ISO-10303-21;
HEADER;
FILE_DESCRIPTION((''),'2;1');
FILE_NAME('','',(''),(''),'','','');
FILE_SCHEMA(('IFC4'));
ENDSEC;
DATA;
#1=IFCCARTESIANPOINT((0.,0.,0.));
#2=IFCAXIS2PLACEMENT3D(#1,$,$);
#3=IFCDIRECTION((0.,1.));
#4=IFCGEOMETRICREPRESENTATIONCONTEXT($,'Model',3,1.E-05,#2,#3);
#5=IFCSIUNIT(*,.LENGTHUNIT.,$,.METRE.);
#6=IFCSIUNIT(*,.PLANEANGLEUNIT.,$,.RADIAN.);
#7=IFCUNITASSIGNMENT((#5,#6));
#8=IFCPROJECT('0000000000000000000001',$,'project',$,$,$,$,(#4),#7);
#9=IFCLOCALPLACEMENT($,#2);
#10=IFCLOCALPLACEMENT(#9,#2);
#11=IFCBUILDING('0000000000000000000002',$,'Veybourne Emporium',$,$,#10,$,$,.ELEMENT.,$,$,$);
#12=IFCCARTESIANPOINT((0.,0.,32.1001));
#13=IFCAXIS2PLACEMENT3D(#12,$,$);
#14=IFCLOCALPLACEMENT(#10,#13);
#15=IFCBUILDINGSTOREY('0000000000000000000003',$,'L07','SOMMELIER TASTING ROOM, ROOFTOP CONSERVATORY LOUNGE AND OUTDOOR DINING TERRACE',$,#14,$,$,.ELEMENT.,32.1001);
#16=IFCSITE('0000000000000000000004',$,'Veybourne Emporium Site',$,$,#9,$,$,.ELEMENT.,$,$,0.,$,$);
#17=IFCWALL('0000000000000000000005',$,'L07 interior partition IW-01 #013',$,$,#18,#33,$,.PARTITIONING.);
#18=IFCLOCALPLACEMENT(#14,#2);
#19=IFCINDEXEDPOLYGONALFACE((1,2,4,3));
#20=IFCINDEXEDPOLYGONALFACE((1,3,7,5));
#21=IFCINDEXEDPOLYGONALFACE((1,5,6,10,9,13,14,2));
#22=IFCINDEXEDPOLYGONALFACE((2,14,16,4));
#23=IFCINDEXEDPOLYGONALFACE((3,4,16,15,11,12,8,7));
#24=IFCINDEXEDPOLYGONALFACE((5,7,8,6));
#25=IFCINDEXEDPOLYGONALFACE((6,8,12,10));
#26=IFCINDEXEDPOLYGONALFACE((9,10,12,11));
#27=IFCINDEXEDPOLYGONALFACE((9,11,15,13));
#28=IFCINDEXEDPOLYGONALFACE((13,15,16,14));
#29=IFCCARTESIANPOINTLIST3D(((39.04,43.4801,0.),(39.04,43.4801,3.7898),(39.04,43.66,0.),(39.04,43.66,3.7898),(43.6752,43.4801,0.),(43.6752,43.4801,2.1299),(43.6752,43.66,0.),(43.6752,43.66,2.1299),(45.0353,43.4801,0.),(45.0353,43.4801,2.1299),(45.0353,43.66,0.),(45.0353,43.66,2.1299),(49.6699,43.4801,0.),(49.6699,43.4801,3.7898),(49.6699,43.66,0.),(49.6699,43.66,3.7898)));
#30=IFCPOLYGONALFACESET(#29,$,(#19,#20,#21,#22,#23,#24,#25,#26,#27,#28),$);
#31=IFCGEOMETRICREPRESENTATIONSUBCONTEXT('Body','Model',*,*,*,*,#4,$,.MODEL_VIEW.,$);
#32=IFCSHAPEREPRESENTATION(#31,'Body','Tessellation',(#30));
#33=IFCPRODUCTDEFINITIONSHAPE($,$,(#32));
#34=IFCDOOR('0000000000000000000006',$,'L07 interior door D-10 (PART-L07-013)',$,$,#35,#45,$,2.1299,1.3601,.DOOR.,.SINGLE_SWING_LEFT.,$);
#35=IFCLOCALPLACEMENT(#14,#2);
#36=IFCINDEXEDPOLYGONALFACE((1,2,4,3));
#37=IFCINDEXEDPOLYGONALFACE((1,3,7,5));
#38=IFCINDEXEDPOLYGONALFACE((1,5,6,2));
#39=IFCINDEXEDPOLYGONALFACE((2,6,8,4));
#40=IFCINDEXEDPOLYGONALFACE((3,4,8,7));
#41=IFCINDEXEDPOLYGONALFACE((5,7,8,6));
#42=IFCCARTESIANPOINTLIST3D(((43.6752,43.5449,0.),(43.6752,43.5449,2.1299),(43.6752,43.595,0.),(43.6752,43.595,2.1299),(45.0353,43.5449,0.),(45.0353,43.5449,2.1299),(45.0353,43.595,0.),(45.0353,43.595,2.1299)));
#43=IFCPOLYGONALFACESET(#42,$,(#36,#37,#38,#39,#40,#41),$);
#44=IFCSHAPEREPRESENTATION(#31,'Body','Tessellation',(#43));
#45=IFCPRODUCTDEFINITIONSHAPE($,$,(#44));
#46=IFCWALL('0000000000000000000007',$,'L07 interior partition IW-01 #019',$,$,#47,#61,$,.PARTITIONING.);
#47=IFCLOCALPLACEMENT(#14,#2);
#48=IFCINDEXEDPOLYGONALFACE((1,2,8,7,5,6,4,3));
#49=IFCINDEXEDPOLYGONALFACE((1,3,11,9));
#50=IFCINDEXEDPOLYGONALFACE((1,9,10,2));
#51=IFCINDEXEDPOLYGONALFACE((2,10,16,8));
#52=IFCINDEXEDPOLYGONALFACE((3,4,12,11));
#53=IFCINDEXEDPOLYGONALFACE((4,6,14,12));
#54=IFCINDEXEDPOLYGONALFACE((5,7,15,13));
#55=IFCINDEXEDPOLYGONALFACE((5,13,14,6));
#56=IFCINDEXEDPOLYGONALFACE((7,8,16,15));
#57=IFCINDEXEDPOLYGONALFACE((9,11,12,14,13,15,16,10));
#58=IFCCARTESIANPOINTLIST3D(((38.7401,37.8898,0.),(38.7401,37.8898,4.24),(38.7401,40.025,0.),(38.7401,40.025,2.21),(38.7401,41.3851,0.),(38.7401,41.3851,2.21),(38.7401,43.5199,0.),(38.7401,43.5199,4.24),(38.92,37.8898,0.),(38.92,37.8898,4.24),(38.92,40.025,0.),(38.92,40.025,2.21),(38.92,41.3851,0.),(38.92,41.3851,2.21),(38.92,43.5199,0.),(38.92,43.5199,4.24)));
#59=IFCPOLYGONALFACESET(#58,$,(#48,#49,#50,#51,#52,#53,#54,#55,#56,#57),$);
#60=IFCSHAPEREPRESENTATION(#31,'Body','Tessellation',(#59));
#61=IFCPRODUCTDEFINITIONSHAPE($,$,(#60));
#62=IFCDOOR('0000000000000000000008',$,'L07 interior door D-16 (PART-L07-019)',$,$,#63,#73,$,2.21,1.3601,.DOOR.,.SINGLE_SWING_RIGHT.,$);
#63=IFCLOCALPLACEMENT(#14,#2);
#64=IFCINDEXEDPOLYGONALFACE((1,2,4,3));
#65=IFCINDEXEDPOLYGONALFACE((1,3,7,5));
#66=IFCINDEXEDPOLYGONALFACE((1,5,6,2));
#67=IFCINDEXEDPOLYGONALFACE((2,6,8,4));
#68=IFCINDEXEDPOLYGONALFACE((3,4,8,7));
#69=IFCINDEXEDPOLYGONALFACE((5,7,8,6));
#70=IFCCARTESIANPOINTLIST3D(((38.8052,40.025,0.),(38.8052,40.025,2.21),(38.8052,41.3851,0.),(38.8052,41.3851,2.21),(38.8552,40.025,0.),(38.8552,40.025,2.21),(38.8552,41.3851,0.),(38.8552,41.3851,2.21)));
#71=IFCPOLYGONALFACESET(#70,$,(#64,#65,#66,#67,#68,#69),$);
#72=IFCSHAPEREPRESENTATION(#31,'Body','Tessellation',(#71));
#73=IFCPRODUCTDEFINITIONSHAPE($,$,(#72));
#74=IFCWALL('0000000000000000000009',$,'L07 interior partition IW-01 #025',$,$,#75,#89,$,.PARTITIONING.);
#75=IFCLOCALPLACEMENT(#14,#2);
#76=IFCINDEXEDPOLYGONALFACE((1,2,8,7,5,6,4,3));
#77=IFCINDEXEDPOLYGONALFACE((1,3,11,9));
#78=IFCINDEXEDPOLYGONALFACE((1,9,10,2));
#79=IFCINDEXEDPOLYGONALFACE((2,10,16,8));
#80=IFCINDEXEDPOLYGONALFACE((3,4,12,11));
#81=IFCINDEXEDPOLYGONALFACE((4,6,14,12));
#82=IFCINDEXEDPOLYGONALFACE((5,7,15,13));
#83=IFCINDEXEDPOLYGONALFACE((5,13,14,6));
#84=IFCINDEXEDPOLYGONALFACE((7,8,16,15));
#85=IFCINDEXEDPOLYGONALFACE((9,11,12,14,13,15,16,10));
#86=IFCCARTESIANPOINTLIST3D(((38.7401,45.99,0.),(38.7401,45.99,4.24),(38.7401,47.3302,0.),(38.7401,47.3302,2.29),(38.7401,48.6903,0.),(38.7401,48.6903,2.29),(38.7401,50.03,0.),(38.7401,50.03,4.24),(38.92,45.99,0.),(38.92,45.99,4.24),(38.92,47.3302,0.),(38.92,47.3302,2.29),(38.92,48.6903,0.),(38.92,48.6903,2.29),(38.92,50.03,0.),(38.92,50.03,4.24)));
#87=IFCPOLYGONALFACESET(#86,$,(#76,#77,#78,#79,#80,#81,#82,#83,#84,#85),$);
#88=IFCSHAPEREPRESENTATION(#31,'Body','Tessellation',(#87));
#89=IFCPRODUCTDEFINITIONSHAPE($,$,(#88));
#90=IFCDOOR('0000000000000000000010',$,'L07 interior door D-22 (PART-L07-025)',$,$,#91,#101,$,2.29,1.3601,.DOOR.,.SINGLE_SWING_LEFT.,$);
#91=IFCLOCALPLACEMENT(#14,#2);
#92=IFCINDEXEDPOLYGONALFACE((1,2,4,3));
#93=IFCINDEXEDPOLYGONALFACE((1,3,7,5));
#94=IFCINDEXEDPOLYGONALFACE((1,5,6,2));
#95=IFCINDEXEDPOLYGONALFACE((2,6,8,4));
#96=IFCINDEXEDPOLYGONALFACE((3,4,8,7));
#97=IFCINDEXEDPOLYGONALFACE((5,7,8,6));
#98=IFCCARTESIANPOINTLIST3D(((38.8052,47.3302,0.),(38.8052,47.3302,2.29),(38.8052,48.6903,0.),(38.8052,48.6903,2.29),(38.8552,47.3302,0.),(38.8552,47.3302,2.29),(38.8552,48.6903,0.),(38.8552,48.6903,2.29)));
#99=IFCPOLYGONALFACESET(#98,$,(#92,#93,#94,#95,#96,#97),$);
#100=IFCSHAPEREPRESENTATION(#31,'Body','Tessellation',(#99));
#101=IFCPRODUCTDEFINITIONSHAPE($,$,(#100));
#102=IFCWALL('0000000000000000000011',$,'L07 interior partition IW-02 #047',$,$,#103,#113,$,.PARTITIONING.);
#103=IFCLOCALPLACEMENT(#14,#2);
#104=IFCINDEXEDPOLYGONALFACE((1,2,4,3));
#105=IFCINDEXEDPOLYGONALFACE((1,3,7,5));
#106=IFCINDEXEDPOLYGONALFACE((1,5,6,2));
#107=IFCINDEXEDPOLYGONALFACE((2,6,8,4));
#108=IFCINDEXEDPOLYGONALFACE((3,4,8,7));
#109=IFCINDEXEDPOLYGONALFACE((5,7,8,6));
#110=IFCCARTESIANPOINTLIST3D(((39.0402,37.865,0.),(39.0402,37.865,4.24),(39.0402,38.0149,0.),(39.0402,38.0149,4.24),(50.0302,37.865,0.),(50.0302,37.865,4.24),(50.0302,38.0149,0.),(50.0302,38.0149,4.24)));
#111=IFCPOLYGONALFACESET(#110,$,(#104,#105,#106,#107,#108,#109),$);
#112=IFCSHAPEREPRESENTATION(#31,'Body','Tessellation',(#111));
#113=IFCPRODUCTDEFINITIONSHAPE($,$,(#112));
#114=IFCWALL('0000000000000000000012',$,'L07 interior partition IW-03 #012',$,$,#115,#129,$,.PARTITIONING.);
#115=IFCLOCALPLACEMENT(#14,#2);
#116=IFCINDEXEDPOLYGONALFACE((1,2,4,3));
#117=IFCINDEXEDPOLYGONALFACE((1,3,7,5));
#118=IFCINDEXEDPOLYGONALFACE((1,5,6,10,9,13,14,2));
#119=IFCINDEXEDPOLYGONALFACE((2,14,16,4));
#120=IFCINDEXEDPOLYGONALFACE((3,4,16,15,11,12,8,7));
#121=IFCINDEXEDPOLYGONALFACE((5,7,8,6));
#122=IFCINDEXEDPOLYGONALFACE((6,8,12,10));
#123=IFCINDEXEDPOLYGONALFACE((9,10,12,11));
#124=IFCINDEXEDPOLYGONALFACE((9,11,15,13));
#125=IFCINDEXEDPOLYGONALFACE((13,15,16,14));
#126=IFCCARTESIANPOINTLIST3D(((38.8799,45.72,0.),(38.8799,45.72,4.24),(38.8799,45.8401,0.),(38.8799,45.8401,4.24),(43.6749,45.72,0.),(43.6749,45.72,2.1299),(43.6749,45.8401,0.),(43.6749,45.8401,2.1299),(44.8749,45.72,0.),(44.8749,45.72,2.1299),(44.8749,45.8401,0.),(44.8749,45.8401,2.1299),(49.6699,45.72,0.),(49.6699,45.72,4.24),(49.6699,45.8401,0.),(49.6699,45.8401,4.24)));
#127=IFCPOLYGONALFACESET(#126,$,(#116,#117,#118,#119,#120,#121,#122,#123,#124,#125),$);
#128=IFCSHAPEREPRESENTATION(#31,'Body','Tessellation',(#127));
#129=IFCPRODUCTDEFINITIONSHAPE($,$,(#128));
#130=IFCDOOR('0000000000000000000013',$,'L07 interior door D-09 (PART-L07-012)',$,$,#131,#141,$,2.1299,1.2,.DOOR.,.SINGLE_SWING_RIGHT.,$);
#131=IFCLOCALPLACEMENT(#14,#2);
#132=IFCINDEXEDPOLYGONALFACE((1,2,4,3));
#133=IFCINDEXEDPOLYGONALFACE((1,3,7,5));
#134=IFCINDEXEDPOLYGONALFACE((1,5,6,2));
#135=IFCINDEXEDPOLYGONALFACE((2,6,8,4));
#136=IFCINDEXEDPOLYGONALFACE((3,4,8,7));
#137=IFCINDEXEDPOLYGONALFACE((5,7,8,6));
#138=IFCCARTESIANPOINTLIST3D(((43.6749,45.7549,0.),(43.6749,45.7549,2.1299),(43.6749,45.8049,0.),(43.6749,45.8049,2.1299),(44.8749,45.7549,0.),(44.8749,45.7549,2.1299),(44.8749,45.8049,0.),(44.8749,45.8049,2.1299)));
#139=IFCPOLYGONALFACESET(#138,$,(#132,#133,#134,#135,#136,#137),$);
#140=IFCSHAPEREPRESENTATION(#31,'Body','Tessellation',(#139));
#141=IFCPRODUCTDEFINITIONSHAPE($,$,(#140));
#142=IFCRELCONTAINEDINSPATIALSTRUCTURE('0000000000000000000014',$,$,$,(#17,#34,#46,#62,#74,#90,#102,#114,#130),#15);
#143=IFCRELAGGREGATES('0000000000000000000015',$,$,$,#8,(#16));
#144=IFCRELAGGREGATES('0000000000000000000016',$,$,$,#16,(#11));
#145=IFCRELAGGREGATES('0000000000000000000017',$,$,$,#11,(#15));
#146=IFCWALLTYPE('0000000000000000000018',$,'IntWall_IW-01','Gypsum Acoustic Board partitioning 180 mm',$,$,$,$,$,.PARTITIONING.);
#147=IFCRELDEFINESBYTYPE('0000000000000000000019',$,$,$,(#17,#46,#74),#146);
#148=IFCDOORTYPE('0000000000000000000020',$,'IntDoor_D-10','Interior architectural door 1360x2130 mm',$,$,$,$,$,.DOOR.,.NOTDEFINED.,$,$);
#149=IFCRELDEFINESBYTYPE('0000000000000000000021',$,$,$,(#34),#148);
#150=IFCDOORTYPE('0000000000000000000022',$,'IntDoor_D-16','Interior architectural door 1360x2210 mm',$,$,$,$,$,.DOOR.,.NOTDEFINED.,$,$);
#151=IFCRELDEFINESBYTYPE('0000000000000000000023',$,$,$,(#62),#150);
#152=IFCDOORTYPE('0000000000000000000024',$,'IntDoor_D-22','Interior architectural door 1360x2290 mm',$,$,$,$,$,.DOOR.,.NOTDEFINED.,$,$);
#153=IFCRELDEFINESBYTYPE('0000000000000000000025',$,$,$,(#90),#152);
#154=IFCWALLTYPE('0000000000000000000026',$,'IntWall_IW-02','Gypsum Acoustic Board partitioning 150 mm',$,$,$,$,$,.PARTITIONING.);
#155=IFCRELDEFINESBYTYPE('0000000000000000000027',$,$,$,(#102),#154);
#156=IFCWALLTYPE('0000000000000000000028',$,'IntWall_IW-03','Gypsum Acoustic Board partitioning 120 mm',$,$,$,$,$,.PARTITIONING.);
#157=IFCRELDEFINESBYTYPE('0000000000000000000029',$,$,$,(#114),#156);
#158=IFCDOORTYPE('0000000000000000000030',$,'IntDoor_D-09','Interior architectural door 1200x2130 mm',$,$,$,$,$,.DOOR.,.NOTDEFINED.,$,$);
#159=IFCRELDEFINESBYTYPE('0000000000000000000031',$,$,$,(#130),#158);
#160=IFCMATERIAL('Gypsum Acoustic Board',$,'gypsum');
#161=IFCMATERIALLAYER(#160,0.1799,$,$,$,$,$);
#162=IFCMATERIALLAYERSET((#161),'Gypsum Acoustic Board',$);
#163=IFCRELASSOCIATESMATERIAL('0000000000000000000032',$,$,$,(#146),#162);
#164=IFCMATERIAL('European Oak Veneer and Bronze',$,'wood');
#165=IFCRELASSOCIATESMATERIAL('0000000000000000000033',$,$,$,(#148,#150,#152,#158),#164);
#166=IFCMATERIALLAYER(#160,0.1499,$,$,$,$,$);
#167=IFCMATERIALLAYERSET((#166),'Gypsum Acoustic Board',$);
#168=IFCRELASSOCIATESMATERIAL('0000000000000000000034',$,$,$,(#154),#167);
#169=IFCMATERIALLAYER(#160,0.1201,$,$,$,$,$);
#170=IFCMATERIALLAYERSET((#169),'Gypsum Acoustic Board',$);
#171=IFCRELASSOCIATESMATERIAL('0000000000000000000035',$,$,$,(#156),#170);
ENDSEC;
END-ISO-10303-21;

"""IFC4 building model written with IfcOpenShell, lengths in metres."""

from ifc_helpers import new_model, si_unit, direction, frame, frame_2d, origin, place, context, subcontext, project, spatial, rectangle, extrude, material, layer, layer_set, type_object, element, fill, save


model = new_model("IFC4")

# Units and contexts
model_context = context("Model", 3, precision=1e-05, world=origin(), true_north=direction((0.0, 1.0)))
body_context = subcontext(model_context, "Body", "Model", "MODEL_VIEW")
ifc_project = project(units=[si_unit("LENGTHUNIT", "METRE"), si_unit("PLANEANGLEUNIT", "RADIAN")], contexts=[model_context])

# Site, building, storey
site_placement = place(None, origin())
site = spatial("IfcSite", under=ifc_project, at=site_placement, Name="Veybourne Emporium Site", CompositionType="ELEMENT", RefElevation=0.0)
building_placement = place(site_placement, origin())
building = spatial("IfcBuilding", under=site, at=building_placement, Name="Veybourne Emporium", CompositionType="ELEMENT")
storey_placement = place(building_placement, frame((0.0, 0.0, 32.1001)))
storey = spatial("IfcBuildingStorey", under=building, at=storey_placement, Name="L07", Description="SOMMELIER TASTING ROOM, ROOFTOP CONSERVATORY LOUNGE AND OUTDOOR DINING TERRACE", CompositionType="ELEMENT", Elevation=32.1001)

# Walls, openings, doors
ifc_material_1 = material(Name="Gypsum Acoustic Board", Category="gypsum")
ifc_layer_1 = layer(ifc_material_1, 0.1799)
ifc_layer_set_1 = layer_set([ifc_layer_1], Name="Gypsum Acoustic Board")
wall_type_1 = type_object("IfcWallType", Name="IntWall_IW-01", Description="Gypsum Acoustic Board partitioning 180 mm", PredefinedType="PARTITIONING", material=ifc_layer_set_1)
wall_1_placement = place(storey_placement, frame((39.04, 43.5701, 0.0), z_axis=(0.0, 0.0, 1.0), x_axis=(1.0, 0.0, 0.0)))
wall_1 = element("IfcWall", 1, at=wall_1_placement, inside=storey, type_object=wall_type_1, Name="L07 interior partition IW-01 #013", PredefinedType="PARTITIONING", context=body_context, shape_type="SweptSolid", body=[
    extrude(rectangle(XDim=10.6299, YDim=0.1799, at=frame_2d((5.3149, 0.0))), origin(), (0.0, 0.0, 1.0), 3.7898),
])
opening_1_placement = place(wall_1_placement, frame((4.635, 0.0, 0.0)))
opening_1 = element("IfcOpeningElement", 2, at=opening_1_placement, cuts=wall_1, PredefinedType="OPENING", context=body_context, shape_type="SweptSolid", body=[
    extrude(rectangle(XDim=1.3601, YDim=2.1299, at=frame_2d((0.6802, 1.0649))), frame((0.0, 0.1099, 0.0), z_axis=(0.0, -1.0, 0.0), x_axis=(1.0, 0.0, 0.0)), (0.0, 0.0, 1.0), 0.22),
])
ifc_material_2 = material(Name="European Oak Veneer and Bronze", Category="wood")
door_type_1 = type_object("IfcDoorType", Name="IntDoor_D-10", Description="Interior architectural door 1360x2130 mm", OperationType="NOTDEFINED", PredefinedType="DOOR", material=ifc_material_2)
door_1_placement = place(opening_1_placement, origin())
door_1 = element("IfcDoor", 3, at=door_1_placement, inside=storey, type_object=door_type_1, Name="L07 interior door D-10 (PART-L07-013)", OperationType="SINGLE_SWING_LEFT", OverallHeight=2.1299, OverallWidth=1.3601, PredefinedType="DOOR", context=body_context, shape_type="SweptSolid", body=[
    extrude(rectangle(XDim=1.3601, YDim=2.1299, at=frame_2d((0.6802, 1.0649))), frame((0.0, 0.0249, 0.0), z_axis=(0.0, -1.0, 0.0), x_axis=(1.0, 0.0, 0.0)), (0.0, 0.0, 1.0), 0.05),
])
fill(opening_1, door_1)
wall_2_placement = place(storey_placement, frame((38.8301, 37.8899, 0.0), z_axis=(0.0, 0.0, 1.0), x_axis=(0.0, 1.0, 0.0)))
wall_2 = element("IfcWall", 4, at=wall_2_placement, inside=storey, type_object=wall_type_1, Name="L07 interior partition IW-01 #019", PredefinedType="PARTITIONING", context=body_context, shape_type="SweptSolid", body=[
    extrude(rectangle(XDim=5.6301, YDim=0.1799, at=frame_2d((2.8149, 0.0))), origin(), (0.0, 0.0, 1.0), 4.24),
])
opening_2_placement = place(wall_2_placement, frame((2.135, 0.0, 0.0)))
opening_2 = element("IfcOpeningElement", 5, at=opening_2_placement, cuts=wall_2, PredefinedType="OPENING", context=body_context, shape_type="SweptSolid", body=[
    extrude(rectangle(XDim=1.3601, YDim=2.21, at=frame_2d((0.6802, 1.105))), frame((0.0, 0.1099, 0.0), z_axis=(0.0, -1.0, 0.0), x_axis=(1.0, 0.0, 0.0)), (0.0, 0.0, 1.0), 0.22),
])
door_type_2 = type_object("IfcDoorType", Name="IntDoor_D-16", Description="Interior architectural door 1360x2210 mm", OperationType="NOTDEFINED", PredefinedType="DOOR", material=ifc_material_2)
door_2_placement = place(opening_2_placement, origin())
door_2 = element("IfcDoor", 6, at=door_2_placement, inside=storey, type_object=door_type_2, Name="L07 interior door D-16 (PART-L07-019)", OperationType="SINGLE_SWING_RIGHT", OverallHeight=2.21, OverallWidth=1.3601, PredefinedType="DOOR", context=body_context, shape_type="SweptSolid", body=[
    extrude(rectangle(XDim=1.3601, YDim=2.21, at=frame_2d((0.6802, 1.105))), frame((0.0, 0.0249, 0.0), z_axis=(0.0, -1.0, 0.0), x_axis=(1.0, 0.0, 0.0)), (0.0, 0.0, 1.0), 0.05),
])
fill(opening_2, door_2)
wall_3_placement = place(storey_placement, frame((38.8301, 45.99, 0.0), z_axis=(0.0, 0.0, 1.0), x_axis=(0.0, 1.0, 0.0)))
wall_3 = element("IfcWall", 7, at=wall_3_placement, inside=storey, type_object=wall_type_1, Name="L07 interior partition IW-01 #025", PredefinedType="PARTITIONING", context=body_context, shape_type="SweptSolid", body=[
    extrude(rectangle(XDim=4.04, YDim=0.1799, at=frame_2d((2.02, 0.0))), origin(), (0.0, 0.0, 1.0), 4.24),
])
opening_3_placement = place(wall_3_placement, frame((1.3401, 0.0, 0.0)))
opening_3 = element("IfcOpeningElement", 8, at=opening_3_placement, cuts=wall_3, PredefinedType="OPENING", context=body_context, shape_type="SweptSolid", body=[
    extrude(rectangle(XDim=1.3601, YDim=2.29, at=frame_2d((0.6802, 1.145))), frame((0.0, 0.1099, 0.0), z_axis=(0.0, -1.0, 0.0), x_axis=(1.0, 0.0, 0.0)), (0.0, 0.0, 1.0), 0.22),
])
door_type_3 = type_object("IfcDoorType", Name="IntDoor_D-22", Description="Interior architectural door 1360x2290 mm", OperationType="NOTDEFINED", PredefinedType="DOOR", material=ifc_material_2)
door_3_placement = place(opening_3_placement, origin())
door_3 = element("IfcDoor", 9, at=door_3_placement, inside=storey, type_object=door_type_3, Name="L07 interior door D-22 (PART-L07-025)", OperationType="SINGLE_SWING_LEFT", OverallHeight=2.29, OverallWidth=1.3601, PredefinedType="DOOR", context=body_context, shape_type="SweptSolid", body=[
    extrude(rectangle(XDim=1.3601, YDim=2.29, at=frame_2d((0.6802, 1.145))), frame((0.0, 0.0249, 0.0), z_axis=(0.0, -1.0, 0.0), x_axis=(1.0, 0.0, 0.0)), (0.0, 0.0, 1.0), 0.05),
])
fill(opening_3, door_3)

# Wall
ifc_layer_2 = layer(ifc_material_1, 0.1499)
ifc_layer_set_2 = layer_set([ifc_layer_2], Name="Gypsum Acoustic Board")
wall_type_2 = type_object("IfcWallType", Name="IntWall_IW-02", Description="Gypsum Acoustic Board partitioning 150 mm", PredefinedType="PARTITIONING", material=ifc_layer_set_2)
wall_4_placement = place(storey_placement, frame((39.04, 37.9399, 0.0), z_axis=(0.0, 0.0, 1.0), x_axis=(1.0, 0.0, 0.0)))
element("IfcWall", 10, at=wall_4_placement, inside=storey, type_object=wall_type_2, Name="L07 interior partition IW-02 #047", PredefinedType="PARTITIONING", context=body_context, shape_type="SweptSolid", body=[
    extrude(rectangle(XDim=10.99, YDim=0.1499, at=frame_2d((5.4951, 0.0))), origin(), (0.0, 0.0, 1.0), 4.24),
])

# Wall, opening, door
ifc_layer_3 = layer(ifc_material_1, 0.1201)
ifc_layer_set_3 = layer_set([ifc_layer_3], Name="Gypsum Acoustic Board")
wall_type_3 = type_object("IfcWallType", Name="IntWall_IW-03", Description="Gypsum Acoustic Board partitioning 120 mm", PredefinedType="PARTITIONING", material=ifc_layer_set_3)
wall_5_placement = place(storey_placement, frame((38.8799, 45.78, 0.0), z_axis=(0.0, 0.0, 1.0), x_axis=(1.0, 0.0, 0.0)))
wall_5 = element("IfcWall", 11, at=wall_5_placement, inside=storey, type_object=wall_type_3, Name="L07 interior partition IW-03 #012", PredefinedType="PARTITIONING", context=body_context, shape_type="SweptSolid", body=[
    extrude(rectangle(XDim=10.79, YDim=0.1201, at=frame_2d((5.395, 0.0))), origin(), (0.0, 0.0, 1.0), 4.24),
])
opening_4_placement = place(wall_5_placement, frame((4.7949, 0.0, 0.0)))
opening_4 = element("IfcOpeningElement", 12, at=opening_4_placement, cuts=wall_5, PredefinedType="OPENING", context=body_context, shape_type="SweptSolid", body=[
    extrude(rectangle(XDim=1.2, YDim=2.1299, at=frame_2d((0.6001, 1.0649))), frame((0.0, 0.0801, 0.0), z_axis=(0.0, -1.0, 0.0), x_axis=(1.0, 0.0, 0.0)), (0.0, 0.0, 1.0), 0.1602),
])
door_type_4 = type_object("IfcDoorType", Name="IntDoor_D-09", Description="Interior architectural door 1200x2130 mm", OperationType="NOTDEFINED", PredefinedType="DOOR", material=ifc_material_2)
door_4_placement = place(opening_4_placement, origin())
door_4 = element("IfcDoor", 13, at=door_4_placement, inside=storey, type_object=door_type_4, Name="L07 interior door D-09 (PART-L07-012)", OperationType="SINGLE_SWING_RIGHT", OverallHeight=2.1299, OverallWidth=1.2, PredefinedType="DOOR", context=body_context, shape_type="SweptSolid", body=[
    extrude(rectangle(XDim=1.2, YDim=2.1299, at=frame_2d((0.6001, 1.0649))), frame((0.0, 0.0249, 0.0), z_axis=(0.0, -1.0, 0.0), x_axis=(1.0, 0.0, 0.0)), (0.0, 0.0, 1.0), 0.05),
])
fill(opening_4, door_4)

save(model, "model.ifc")
